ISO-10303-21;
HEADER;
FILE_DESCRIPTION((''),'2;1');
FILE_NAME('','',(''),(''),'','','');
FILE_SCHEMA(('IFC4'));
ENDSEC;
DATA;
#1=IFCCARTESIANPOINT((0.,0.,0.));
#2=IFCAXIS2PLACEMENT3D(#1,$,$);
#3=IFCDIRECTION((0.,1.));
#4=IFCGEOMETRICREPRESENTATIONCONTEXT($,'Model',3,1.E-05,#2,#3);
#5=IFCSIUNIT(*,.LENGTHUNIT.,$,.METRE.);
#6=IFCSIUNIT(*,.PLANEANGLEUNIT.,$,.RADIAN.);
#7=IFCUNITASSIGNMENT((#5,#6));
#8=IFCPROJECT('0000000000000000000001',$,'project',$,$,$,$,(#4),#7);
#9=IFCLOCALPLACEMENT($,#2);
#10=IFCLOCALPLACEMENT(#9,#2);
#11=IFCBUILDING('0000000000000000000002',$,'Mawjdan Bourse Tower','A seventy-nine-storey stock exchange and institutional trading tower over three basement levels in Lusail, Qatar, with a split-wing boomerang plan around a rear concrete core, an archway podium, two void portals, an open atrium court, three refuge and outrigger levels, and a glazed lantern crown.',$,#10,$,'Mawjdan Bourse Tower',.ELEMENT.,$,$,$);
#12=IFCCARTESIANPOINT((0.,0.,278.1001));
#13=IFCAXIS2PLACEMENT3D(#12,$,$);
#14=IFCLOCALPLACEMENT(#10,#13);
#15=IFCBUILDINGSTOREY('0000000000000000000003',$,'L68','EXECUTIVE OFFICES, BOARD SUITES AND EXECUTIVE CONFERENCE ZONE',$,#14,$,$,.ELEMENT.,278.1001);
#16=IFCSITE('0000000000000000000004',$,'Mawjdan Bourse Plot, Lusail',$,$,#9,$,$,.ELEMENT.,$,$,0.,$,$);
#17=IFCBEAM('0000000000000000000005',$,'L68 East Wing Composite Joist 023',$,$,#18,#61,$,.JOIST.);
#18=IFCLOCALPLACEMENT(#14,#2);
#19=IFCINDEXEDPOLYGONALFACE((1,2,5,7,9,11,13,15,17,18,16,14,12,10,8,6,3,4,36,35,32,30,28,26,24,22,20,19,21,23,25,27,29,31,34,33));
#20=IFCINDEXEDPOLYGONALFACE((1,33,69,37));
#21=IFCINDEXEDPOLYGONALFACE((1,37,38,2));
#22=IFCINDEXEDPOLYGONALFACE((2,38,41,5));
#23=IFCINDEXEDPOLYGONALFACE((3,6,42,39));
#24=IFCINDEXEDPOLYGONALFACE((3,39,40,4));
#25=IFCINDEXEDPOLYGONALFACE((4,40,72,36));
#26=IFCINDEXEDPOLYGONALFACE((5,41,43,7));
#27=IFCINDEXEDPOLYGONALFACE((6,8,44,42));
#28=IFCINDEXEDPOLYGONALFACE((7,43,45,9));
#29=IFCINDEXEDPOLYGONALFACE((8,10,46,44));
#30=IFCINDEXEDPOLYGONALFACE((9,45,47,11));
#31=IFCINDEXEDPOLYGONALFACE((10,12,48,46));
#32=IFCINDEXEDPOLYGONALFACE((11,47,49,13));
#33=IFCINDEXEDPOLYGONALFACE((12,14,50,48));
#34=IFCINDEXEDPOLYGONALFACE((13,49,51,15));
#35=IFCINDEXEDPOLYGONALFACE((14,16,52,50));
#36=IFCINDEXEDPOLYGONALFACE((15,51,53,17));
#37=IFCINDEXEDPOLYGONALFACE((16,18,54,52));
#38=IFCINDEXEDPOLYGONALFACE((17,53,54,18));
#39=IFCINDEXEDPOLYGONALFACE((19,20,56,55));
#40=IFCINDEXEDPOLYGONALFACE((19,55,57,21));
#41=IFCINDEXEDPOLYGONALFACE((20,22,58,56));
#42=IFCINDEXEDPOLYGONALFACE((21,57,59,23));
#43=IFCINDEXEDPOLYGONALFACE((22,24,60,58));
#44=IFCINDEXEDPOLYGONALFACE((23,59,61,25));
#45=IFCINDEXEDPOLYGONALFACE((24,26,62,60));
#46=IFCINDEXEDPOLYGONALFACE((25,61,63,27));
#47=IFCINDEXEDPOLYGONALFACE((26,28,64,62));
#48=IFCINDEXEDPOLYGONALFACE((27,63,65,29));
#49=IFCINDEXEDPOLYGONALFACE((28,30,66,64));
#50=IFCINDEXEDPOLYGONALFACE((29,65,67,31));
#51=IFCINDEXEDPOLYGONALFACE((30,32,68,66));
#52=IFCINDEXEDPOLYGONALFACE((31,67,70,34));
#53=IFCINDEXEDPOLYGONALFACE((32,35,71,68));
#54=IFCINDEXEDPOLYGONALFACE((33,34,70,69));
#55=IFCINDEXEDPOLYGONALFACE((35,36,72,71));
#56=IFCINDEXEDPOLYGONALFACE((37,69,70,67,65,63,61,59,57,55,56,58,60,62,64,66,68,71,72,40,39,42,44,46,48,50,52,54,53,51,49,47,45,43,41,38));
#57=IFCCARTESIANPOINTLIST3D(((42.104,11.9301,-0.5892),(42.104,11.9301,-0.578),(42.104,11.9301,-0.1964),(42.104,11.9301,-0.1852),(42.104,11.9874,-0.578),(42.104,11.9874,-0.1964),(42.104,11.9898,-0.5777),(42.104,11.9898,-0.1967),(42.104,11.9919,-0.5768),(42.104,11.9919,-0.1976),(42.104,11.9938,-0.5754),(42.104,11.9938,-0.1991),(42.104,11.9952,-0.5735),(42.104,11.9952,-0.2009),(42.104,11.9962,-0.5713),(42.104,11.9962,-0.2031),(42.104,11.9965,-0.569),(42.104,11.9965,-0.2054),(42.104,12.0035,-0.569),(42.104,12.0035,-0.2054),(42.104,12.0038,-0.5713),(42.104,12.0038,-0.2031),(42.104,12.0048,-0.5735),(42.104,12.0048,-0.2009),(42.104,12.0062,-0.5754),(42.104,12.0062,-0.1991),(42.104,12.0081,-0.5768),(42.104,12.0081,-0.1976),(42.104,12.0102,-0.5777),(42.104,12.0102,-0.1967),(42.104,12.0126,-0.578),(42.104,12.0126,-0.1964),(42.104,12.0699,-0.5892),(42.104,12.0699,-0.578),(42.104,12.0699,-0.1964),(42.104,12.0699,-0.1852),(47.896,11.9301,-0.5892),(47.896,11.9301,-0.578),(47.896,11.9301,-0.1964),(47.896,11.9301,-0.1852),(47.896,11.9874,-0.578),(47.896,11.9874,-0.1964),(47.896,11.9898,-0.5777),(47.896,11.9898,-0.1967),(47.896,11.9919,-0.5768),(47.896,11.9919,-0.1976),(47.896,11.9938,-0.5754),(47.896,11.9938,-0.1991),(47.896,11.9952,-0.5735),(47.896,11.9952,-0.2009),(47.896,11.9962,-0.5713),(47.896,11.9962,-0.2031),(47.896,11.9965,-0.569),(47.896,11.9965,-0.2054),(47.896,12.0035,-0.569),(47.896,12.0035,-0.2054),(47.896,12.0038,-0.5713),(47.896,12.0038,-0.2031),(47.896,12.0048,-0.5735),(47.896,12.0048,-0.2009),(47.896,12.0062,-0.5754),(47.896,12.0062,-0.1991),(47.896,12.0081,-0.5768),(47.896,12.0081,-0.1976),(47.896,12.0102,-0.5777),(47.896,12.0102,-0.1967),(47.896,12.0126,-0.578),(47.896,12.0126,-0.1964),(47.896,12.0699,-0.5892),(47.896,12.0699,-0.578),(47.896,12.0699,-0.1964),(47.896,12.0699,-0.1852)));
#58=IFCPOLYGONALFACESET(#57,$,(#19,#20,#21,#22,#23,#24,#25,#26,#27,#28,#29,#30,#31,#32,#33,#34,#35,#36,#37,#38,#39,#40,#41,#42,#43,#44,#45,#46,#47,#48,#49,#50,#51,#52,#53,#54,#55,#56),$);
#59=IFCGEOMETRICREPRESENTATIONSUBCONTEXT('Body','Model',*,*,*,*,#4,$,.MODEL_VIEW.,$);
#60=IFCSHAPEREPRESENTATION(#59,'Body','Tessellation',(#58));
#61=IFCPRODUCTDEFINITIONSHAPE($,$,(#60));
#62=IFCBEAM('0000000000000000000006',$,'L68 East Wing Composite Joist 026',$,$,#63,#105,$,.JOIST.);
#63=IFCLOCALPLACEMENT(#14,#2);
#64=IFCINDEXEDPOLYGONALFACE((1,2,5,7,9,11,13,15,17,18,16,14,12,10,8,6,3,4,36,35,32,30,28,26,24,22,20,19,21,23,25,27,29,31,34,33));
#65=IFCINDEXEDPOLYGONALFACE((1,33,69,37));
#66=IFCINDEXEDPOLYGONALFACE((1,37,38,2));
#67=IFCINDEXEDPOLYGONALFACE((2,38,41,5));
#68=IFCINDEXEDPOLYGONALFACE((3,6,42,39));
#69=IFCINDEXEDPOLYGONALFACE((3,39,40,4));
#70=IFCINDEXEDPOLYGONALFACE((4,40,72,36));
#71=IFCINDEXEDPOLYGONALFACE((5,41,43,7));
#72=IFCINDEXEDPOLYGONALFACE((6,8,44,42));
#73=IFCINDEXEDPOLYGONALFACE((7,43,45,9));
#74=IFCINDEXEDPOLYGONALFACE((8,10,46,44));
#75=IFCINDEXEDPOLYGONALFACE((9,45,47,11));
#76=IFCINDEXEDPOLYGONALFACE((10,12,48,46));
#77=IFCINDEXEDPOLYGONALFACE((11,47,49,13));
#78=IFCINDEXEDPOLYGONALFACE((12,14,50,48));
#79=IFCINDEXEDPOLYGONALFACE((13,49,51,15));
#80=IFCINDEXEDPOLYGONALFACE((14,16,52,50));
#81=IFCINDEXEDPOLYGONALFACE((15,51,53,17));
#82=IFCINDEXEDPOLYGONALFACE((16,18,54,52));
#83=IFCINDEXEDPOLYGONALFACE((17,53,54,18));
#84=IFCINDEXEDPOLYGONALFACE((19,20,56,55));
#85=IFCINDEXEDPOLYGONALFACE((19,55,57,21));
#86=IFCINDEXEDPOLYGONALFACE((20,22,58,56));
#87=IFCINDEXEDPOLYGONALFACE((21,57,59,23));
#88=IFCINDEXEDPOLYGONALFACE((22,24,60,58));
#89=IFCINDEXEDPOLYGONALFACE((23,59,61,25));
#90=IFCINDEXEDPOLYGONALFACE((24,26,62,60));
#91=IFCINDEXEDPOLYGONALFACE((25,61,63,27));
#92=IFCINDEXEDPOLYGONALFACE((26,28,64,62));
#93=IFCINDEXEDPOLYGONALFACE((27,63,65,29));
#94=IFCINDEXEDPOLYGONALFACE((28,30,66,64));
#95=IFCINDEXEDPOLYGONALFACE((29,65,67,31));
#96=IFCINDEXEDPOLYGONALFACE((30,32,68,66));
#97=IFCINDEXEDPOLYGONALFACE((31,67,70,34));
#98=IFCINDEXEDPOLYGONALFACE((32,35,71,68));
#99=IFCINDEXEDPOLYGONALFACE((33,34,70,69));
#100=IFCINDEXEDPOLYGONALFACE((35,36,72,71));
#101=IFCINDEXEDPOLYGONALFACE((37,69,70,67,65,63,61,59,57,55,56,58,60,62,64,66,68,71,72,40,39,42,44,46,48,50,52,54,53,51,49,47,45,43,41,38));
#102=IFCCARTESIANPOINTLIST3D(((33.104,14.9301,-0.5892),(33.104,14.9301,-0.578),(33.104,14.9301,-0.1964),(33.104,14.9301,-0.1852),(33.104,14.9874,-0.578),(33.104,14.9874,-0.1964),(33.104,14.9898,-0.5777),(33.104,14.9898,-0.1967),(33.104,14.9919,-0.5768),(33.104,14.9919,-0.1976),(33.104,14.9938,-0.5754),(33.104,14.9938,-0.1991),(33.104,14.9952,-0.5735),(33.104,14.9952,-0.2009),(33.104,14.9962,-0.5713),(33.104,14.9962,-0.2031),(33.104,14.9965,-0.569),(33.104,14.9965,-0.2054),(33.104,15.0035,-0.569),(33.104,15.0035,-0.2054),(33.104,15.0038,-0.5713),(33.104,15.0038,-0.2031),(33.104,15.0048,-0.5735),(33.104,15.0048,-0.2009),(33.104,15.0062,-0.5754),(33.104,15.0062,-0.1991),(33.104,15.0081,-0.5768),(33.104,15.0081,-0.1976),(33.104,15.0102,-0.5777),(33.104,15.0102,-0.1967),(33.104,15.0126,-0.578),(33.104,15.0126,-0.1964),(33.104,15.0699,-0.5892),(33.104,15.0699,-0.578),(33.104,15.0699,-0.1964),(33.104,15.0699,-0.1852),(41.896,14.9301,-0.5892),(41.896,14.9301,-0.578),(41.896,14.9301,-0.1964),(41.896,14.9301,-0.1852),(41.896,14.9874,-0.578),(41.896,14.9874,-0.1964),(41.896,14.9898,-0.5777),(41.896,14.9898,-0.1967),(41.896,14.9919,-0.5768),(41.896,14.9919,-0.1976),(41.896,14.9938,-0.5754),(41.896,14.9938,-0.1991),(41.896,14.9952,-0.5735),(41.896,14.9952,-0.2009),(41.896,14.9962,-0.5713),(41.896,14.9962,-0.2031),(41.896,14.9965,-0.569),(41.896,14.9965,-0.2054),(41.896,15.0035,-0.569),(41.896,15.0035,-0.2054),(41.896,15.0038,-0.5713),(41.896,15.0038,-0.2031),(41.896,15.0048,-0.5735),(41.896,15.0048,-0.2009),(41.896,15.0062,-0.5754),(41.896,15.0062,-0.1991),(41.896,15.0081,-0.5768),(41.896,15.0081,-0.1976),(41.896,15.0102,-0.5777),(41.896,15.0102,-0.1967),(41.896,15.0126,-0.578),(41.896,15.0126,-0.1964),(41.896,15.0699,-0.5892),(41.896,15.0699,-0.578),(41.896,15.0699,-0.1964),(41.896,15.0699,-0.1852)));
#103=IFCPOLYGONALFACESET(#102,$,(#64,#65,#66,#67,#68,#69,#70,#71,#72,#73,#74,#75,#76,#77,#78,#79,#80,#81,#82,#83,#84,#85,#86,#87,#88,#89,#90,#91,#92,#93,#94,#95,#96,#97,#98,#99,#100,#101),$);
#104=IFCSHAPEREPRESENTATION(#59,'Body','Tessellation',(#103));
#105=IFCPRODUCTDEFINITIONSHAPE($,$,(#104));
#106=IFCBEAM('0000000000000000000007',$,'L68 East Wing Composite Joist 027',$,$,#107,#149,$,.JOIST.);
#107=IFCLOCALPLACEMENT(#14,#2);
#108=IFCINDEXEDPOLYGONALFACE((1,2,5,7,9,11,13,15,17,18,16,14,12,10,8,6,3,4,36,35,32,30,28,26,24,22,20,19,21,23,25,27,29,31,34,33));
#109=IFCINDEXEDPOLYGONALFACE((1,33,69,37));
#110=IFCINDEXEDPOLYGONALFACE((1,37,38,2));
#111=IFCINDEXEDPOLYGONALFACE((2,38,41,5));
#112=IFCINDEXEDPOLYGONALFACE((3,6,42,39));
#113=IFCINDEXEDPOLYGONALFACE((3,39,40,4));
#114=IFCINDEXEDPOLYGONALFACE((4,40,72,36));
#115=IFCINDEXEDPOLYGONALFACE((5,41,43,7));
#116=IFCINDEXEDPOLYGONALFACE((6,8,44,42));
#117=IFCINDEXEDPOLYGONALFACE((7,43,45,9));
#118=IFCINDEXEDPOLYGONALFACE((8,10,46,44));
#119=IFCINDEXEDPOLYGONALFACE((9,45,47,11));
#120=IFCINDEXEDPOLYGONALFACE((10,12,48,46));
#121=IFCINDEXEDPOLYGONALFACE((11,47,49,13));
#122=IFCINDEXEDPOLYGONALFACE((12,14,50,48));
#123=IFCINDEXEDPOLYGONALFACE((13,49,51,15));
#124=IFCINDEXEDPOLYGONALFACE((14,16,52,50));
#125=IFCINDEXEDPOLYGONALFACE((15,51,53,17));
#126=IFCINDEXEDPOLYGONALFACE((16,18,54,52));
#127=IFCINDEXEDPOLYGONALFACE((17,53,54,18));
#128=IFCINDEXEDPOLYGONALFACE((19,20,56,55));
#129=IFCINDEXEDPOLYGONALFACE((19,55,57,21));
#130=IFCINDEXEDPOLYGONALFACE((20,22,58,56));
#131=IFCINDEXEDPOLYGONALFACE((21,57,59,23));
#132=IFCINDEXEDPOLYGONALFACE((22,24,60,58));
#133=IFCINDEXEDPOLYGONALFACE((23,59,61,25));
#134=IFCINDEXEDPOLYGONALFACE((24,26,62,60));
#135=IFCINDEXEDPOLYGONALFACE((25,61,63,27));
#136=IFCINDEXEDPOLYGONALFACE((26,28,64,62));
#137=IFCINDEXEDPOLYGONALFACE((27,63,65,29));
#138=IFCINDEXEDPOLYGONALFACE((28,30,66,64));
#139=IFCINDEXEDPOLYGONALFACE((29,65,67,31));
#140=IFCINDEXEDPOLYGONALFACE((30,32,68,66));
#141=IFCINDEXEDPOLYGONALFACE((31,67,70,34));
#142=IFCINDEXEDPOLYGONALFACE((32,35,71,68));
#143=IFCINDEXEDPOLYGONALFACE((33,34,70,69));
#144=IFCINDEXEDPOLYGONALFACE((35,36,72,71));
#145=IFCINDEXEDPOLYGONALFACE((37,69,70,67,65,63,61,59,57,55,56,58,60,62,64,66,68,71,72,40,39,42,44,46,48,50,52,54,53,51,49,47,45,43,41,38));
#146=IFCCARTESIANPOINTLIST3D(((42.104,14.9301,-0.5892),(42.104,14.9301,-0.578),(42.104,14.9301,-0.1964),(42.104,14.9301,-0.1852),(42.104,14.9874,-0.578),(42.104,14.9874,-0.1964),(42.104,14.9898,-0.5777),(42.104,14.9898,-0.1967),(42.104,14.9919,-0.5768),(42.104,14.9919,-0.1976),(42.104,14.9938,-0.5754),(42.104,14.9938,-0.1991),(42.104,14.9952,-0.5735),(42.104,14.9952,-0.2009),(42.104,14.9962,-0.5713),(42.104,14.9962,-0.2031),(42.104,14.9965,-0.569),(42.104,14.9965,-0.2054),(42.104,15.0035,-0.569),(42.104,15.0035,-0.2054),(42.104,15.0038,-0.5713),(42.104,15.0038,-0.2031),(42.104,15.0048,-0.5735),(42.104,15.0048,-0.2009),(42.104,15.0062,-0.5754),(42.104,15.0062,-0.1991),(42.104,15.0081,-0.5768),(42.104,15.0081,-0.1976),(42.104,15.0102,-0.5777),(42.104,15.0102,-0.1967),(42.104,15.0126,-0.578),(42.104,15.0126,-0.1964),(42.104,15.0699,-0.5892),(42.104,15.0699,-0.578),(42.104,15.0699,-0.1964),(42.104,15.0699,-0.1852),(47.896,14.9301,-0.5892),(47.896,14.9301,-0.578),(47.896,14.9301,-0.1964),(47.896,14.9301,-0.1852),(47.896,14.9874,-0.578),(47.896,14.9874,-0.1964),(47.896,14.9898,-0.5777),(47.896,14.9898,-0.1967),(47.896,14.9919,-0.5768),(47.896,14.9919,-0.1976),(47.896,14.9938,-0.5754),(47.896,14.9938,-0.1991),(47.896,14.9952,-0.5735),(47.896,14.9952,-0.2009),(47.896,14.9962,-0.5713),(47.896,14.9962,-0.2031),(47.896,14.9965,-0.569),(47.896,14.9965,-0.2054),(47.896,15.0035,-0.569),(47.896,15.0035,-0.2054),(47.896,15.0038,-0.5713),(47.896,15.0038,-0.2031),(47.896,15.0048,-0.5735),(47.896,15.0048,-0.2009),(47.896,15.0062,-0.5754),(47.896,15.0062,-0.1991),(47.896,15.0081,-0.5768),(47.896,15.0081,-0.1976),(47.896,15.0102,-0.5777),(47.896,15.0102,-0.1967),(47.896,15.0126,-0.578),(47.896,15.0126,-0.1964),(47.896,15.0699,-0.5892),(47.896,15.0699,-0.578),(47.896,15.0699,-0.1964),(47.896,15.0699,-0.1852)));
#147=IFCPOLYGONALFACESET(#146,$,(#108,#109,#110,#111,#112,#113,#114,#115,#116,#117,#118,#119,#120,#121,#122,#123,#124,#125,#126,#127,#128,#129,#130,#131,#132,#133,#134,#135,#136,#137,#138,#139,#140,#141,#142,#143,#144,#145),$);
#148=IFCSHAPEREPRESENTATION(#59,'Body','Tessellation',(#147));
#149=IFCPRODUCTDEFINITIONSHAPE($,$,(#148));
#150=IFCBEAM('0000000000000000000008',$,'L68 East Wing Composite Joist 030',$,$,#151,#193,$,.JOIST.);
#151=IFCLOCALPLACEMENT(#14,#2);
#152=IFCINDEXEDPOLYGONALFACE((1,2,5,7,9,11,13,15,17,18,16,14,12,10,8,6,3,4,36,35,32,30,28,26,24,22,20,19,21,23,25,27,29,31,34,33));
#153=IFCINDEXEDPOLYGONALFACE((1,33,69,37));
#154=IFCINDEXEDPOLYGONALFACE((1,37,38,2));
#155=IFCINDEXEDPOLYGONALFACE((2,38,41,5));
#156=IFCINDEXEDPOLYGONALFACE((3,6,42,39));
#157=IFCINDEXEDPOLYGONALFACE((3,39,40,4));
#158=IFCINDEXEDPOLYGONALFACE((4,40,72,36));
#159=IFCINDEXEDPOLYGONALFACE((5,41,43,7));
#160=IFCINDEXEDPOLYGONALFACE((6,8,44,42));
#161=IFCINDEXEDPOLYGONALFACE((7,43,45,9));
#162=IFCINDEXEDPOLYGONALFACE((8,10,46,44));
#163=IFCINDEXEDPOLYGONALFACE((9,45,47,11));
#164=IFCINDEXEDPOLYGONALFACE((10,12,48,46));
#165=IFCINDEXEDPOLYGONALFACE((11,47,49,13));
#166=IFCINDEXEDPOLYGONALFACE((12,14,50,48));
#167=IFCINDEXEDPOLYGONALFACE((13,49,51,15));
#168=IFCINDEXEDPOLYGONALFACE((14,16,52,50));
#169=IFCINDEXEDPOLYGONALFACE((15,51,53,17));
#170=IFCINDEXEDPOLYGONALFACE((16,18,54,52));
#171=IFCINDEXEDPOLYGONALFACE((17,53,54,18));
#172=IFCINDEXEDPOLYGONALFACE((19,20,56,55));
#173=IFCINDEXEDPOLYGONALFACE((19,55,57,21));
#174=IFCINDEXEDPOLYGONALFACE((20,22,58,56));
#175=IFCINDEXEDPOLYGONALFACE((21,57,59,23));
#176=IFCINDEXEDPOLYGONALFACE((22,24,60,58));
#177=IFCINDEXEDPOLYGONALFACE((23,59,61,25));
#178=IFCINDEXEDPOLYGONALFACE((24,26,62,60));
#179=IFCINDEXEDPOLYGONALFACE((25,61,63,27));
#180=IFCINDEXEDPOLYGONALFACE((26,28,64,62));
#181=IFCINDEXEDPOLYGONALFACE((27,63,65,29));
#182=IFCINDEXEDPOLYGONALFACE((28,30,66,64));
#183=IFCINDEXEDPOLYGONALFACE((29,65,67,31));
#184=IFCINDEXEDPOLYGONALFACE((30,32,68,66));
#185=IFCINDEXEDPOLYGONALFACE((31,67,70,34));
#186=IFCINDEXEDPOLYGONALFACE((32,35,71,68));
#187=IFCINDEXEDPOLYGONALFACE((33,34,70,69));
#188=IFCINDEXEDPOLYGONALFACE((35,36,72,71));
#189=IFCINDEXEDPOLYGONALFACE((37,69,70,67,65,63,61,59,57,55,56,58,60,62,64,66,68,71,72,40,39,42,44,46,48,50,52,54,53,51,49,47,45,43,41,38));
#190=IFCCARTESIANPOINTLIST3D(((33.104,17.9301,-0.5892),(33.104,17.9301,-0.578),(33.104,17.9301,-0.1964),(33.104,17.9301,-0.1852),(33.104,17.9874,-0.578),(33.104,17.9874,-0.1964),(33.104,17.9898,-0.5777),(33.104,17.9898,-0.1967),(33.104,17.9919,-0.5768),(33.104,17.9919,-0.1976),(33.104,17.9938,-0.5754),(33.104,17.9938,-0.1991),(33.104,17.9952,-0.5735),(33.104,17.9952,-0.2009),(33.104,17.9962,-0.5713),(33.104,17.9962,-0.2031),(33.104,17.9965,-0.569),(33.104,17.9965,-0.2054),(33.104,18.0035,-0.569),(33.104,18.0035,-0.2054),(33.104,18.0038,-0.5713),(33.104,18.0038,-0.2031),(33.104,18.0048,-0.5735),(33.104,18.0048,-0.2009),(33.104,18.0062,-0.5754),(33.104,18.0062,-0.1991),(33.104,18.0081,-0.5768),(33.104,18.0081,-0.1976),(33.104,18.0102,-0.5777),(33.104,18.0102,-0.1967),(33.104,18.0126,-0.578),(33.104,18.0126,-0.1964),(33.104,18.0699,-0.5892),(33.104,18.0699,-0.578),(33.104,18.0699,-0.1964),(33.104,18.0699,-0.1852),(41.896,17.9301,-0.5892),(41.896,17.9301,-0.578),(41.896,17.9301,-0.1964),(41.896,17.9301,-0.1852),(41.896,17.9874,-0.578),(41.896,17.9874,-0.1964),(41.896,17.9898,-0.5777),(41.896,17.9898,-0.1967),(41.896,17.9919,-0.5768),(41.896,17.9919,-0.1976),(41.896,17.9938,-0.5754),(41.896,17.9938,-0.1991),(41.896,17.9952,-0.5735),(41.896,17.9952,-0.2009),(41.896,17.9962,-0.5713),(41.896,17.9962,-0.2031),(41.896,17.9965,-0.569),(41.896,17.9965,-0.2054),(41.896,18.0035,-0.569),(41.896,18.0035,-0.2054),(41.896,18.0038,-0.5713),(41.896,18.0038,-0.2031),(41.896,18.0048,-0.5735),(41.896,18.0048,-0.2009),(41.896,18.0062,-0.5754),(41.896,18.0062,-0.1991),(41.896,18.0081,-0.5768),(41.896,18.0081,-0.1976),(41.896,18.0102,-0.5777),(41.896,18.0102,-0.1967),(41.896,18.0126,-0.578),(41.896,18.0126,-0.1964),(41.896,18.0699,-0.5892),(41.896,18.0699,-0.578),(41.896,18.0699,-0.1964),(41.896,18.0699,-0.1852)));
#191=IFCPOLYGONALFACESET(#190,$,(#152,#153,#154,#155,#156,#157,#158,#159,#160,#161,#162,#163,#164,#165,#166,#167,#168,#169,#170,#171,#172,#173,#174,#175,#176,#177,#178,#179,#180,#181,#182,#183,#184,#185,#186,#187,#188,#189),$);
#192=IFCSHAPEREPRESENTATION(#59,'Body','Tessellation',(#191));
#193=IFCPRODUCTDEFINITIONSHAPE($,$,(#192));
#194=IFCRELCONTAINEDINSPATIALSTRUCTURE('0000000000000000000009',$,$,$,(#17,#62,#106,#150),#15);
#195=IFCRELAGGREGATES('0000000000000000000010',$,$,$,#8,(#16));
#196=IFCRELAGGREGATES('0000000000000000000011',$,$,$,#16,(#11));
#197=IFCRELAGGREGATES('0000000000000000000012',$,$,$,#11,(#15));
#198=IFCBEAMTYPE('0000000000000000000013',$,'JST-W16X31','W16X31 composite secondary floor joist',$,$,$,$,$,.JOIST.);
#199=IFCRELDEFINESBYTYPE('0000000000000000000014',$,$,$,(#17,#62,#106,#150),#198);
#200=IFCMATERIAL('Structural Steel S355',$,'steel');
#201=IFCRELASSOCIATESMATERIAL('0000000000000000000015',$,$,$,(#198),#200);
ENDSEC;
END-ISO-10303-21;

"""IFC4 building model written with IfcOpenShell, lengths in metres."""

from ifc_helpers import new_model, si_unit, direction, frame, origin, origin_2d, place, context, subcontext, project, spatial, i_section, extrude, material, material_profile, profile_set, type_object, element, save


model = new_model("IFC4")

# Units and contexts
model_context = context("Model", 3, precision=1e-05, world=origin(), true_north=direction((0.0, 1.0)))
body_context = subcontext(model_context, "Body", "Model", "MODEL_VIEW")
ifc_project = project(units=[si_unit("LENGTHUNIT", "METRE"), si_unit("PLANEANGLEUNIT", "RADIAN")], contexts=[model_context])

# Site, building, storey
site_placement = place(None, origin())
site = spatial("IfcSite", under=ifc_project, at=site_placement, Name="Mawjdan Bourse Plot, Lusail", CompositionType="ELEMENT", RefElevation=0.0)
building_placement = place(site_placement, origin())
building = spatial("IfcBuilding", under=site, at=building_placement, Name="Mawjdan Bourse Tower", Description="A seventy-nine-storey stock exchange and institutional trading tower over three basement levels in Lusail, Qatar, with a split-wing boomerang plan around a rear concrete core, an archway podium, two void portals, an open atrium court, three refuge and outrigger levels, and a glazed lantern crown.", LongName="Mawjdan Bourse Tower", CompositionType="ELEMENT")
storey_placement = place(building_placement, frame((0.0, 0.0, 278.1001)))
storey = spatial("IfcBuildingStorey", under=building, at=storey_placement, Name="L68", Description="EXECUTIVE OFFICES, BOARD SUITES AND EXECUTIVE CONFERENCE ZONE", CompositionType="ELEMENT", Elevation=278.1001)

# Beams
ifc_material_1 = material(Name="Structural Steel S355", Category="steel")
ifc_material_profile_1 = material_profile(ifc_material_1, i_section(OverallWidth=0.1399, OverallDepth=0.4041, WebThickness=0.0071, FlangeThickness=0.0112, FilletRadius=0.009, at=origin_2d()), Name="W16X31")
ifc_profile_set_1 = profile_set([ifc_material_profile_1], Name="Structural Steel S355")
beam_type_1 = type_object("IfcBeamType", Name="JST-W16X31", Description="W16X31 composite secondary floor joist", PredefinedType="JOIST", material=ifc_profile_set_1)
for number, where, z_axis, x_axis, name in (
    (1, (42.104, 12.0, -0.3872), (1.0, 0.0, 0.0), (0.0, 1.0, 0.0), "L68 East Wing Composite Joist 023"),
):
    element("IfcBeam", number, at=place(storey_placement, frame(where, z_axis=z_axis, x_axis=x_axis)), inside=storey, type_object=beam_type_1, Name=name, PredefinedType="JOIST", context=body_context, shape_type="SweptSolid", body=[
        extrude(i_section(OverallWidth=0.1399, OverallDepth=0.4041, WebThickness=0.0071, FlangeThickness=0.0112, FilletRadius=0.009, at=origin_2d()), origin(), (0.0, 0.0, 1.0), 5.792),
    ])
beam_1_placement = place(storey_placement, frame((33.104, 15.0, -0.3872), z_axis=(1.0, 0.0, 0.0), x_axis=(0.0, 1.0, 0.0)))
element("IfcBeam", 2, at=beam_1_placement, inside=storey, type_object=beam_type_1, Name="L68 East Wing Composite Joist 026", PredefinedType="JOIST", context=body_context, shape_type="SweptSolid", body=[
    extrude(i_section(OverallWidth=0.1399, OverallDepth=0.4041, WebThickness=0.0071, FlangeThickness=0.0112, FilletRadius=0.009, at=origin_2d()), origin(), (0.0, 0.0, 1.0), 8.792),
])
beam_2_placement = place(storey_placement, frame((42.104, 15.0, -0.3872), z_axis=(1.0, 0.0, 0.0), x_axis=(0.0, 1.0, 0.0)))
element("IfcBeam", 3, at=beam_2_placement, inside=storey, type_object=beam_type_1, Name="L68 East Wing Composite Joist 027", PredefinedType="JOIST", context=body_context, shape_type="SweptSolid", body=[
    extrude(i_section(OverallWidth=0.1399, OverallDepth=0.4041, WebThickness=0.0071, FlangeThickness=0.0112, FilletRadius=0.009, at=origin_2d()), origin(), (0.0, 0.0, 1.0), 5.792),
])
beam_3_placement = place(storey_placement, frame((33.104, 18.0, -0.3872), z_axis=(1.0, 0.0, 0.0), x_axis=(0.0, 1.0, 0.0)))
element("IfcBeam", 4, at=beam_3_placement, inside=storey, type_object=beam_type_1, Name="L68 East Wing Composite Joist 030", PredefinedType="JOIST", context=body_context, shape_type="SweptSolid", body=[
    extrude(i_section(OverallWidth=0.1399, OverallDepth=0.4041, WebThickness=0.0071, FlangeThickness=0.0112, FilletRadius=0.009, at=origin_2d()), origin(), (0.0, 0.0, 1.0), 8.792),
])

save(model, "model.ifc")
